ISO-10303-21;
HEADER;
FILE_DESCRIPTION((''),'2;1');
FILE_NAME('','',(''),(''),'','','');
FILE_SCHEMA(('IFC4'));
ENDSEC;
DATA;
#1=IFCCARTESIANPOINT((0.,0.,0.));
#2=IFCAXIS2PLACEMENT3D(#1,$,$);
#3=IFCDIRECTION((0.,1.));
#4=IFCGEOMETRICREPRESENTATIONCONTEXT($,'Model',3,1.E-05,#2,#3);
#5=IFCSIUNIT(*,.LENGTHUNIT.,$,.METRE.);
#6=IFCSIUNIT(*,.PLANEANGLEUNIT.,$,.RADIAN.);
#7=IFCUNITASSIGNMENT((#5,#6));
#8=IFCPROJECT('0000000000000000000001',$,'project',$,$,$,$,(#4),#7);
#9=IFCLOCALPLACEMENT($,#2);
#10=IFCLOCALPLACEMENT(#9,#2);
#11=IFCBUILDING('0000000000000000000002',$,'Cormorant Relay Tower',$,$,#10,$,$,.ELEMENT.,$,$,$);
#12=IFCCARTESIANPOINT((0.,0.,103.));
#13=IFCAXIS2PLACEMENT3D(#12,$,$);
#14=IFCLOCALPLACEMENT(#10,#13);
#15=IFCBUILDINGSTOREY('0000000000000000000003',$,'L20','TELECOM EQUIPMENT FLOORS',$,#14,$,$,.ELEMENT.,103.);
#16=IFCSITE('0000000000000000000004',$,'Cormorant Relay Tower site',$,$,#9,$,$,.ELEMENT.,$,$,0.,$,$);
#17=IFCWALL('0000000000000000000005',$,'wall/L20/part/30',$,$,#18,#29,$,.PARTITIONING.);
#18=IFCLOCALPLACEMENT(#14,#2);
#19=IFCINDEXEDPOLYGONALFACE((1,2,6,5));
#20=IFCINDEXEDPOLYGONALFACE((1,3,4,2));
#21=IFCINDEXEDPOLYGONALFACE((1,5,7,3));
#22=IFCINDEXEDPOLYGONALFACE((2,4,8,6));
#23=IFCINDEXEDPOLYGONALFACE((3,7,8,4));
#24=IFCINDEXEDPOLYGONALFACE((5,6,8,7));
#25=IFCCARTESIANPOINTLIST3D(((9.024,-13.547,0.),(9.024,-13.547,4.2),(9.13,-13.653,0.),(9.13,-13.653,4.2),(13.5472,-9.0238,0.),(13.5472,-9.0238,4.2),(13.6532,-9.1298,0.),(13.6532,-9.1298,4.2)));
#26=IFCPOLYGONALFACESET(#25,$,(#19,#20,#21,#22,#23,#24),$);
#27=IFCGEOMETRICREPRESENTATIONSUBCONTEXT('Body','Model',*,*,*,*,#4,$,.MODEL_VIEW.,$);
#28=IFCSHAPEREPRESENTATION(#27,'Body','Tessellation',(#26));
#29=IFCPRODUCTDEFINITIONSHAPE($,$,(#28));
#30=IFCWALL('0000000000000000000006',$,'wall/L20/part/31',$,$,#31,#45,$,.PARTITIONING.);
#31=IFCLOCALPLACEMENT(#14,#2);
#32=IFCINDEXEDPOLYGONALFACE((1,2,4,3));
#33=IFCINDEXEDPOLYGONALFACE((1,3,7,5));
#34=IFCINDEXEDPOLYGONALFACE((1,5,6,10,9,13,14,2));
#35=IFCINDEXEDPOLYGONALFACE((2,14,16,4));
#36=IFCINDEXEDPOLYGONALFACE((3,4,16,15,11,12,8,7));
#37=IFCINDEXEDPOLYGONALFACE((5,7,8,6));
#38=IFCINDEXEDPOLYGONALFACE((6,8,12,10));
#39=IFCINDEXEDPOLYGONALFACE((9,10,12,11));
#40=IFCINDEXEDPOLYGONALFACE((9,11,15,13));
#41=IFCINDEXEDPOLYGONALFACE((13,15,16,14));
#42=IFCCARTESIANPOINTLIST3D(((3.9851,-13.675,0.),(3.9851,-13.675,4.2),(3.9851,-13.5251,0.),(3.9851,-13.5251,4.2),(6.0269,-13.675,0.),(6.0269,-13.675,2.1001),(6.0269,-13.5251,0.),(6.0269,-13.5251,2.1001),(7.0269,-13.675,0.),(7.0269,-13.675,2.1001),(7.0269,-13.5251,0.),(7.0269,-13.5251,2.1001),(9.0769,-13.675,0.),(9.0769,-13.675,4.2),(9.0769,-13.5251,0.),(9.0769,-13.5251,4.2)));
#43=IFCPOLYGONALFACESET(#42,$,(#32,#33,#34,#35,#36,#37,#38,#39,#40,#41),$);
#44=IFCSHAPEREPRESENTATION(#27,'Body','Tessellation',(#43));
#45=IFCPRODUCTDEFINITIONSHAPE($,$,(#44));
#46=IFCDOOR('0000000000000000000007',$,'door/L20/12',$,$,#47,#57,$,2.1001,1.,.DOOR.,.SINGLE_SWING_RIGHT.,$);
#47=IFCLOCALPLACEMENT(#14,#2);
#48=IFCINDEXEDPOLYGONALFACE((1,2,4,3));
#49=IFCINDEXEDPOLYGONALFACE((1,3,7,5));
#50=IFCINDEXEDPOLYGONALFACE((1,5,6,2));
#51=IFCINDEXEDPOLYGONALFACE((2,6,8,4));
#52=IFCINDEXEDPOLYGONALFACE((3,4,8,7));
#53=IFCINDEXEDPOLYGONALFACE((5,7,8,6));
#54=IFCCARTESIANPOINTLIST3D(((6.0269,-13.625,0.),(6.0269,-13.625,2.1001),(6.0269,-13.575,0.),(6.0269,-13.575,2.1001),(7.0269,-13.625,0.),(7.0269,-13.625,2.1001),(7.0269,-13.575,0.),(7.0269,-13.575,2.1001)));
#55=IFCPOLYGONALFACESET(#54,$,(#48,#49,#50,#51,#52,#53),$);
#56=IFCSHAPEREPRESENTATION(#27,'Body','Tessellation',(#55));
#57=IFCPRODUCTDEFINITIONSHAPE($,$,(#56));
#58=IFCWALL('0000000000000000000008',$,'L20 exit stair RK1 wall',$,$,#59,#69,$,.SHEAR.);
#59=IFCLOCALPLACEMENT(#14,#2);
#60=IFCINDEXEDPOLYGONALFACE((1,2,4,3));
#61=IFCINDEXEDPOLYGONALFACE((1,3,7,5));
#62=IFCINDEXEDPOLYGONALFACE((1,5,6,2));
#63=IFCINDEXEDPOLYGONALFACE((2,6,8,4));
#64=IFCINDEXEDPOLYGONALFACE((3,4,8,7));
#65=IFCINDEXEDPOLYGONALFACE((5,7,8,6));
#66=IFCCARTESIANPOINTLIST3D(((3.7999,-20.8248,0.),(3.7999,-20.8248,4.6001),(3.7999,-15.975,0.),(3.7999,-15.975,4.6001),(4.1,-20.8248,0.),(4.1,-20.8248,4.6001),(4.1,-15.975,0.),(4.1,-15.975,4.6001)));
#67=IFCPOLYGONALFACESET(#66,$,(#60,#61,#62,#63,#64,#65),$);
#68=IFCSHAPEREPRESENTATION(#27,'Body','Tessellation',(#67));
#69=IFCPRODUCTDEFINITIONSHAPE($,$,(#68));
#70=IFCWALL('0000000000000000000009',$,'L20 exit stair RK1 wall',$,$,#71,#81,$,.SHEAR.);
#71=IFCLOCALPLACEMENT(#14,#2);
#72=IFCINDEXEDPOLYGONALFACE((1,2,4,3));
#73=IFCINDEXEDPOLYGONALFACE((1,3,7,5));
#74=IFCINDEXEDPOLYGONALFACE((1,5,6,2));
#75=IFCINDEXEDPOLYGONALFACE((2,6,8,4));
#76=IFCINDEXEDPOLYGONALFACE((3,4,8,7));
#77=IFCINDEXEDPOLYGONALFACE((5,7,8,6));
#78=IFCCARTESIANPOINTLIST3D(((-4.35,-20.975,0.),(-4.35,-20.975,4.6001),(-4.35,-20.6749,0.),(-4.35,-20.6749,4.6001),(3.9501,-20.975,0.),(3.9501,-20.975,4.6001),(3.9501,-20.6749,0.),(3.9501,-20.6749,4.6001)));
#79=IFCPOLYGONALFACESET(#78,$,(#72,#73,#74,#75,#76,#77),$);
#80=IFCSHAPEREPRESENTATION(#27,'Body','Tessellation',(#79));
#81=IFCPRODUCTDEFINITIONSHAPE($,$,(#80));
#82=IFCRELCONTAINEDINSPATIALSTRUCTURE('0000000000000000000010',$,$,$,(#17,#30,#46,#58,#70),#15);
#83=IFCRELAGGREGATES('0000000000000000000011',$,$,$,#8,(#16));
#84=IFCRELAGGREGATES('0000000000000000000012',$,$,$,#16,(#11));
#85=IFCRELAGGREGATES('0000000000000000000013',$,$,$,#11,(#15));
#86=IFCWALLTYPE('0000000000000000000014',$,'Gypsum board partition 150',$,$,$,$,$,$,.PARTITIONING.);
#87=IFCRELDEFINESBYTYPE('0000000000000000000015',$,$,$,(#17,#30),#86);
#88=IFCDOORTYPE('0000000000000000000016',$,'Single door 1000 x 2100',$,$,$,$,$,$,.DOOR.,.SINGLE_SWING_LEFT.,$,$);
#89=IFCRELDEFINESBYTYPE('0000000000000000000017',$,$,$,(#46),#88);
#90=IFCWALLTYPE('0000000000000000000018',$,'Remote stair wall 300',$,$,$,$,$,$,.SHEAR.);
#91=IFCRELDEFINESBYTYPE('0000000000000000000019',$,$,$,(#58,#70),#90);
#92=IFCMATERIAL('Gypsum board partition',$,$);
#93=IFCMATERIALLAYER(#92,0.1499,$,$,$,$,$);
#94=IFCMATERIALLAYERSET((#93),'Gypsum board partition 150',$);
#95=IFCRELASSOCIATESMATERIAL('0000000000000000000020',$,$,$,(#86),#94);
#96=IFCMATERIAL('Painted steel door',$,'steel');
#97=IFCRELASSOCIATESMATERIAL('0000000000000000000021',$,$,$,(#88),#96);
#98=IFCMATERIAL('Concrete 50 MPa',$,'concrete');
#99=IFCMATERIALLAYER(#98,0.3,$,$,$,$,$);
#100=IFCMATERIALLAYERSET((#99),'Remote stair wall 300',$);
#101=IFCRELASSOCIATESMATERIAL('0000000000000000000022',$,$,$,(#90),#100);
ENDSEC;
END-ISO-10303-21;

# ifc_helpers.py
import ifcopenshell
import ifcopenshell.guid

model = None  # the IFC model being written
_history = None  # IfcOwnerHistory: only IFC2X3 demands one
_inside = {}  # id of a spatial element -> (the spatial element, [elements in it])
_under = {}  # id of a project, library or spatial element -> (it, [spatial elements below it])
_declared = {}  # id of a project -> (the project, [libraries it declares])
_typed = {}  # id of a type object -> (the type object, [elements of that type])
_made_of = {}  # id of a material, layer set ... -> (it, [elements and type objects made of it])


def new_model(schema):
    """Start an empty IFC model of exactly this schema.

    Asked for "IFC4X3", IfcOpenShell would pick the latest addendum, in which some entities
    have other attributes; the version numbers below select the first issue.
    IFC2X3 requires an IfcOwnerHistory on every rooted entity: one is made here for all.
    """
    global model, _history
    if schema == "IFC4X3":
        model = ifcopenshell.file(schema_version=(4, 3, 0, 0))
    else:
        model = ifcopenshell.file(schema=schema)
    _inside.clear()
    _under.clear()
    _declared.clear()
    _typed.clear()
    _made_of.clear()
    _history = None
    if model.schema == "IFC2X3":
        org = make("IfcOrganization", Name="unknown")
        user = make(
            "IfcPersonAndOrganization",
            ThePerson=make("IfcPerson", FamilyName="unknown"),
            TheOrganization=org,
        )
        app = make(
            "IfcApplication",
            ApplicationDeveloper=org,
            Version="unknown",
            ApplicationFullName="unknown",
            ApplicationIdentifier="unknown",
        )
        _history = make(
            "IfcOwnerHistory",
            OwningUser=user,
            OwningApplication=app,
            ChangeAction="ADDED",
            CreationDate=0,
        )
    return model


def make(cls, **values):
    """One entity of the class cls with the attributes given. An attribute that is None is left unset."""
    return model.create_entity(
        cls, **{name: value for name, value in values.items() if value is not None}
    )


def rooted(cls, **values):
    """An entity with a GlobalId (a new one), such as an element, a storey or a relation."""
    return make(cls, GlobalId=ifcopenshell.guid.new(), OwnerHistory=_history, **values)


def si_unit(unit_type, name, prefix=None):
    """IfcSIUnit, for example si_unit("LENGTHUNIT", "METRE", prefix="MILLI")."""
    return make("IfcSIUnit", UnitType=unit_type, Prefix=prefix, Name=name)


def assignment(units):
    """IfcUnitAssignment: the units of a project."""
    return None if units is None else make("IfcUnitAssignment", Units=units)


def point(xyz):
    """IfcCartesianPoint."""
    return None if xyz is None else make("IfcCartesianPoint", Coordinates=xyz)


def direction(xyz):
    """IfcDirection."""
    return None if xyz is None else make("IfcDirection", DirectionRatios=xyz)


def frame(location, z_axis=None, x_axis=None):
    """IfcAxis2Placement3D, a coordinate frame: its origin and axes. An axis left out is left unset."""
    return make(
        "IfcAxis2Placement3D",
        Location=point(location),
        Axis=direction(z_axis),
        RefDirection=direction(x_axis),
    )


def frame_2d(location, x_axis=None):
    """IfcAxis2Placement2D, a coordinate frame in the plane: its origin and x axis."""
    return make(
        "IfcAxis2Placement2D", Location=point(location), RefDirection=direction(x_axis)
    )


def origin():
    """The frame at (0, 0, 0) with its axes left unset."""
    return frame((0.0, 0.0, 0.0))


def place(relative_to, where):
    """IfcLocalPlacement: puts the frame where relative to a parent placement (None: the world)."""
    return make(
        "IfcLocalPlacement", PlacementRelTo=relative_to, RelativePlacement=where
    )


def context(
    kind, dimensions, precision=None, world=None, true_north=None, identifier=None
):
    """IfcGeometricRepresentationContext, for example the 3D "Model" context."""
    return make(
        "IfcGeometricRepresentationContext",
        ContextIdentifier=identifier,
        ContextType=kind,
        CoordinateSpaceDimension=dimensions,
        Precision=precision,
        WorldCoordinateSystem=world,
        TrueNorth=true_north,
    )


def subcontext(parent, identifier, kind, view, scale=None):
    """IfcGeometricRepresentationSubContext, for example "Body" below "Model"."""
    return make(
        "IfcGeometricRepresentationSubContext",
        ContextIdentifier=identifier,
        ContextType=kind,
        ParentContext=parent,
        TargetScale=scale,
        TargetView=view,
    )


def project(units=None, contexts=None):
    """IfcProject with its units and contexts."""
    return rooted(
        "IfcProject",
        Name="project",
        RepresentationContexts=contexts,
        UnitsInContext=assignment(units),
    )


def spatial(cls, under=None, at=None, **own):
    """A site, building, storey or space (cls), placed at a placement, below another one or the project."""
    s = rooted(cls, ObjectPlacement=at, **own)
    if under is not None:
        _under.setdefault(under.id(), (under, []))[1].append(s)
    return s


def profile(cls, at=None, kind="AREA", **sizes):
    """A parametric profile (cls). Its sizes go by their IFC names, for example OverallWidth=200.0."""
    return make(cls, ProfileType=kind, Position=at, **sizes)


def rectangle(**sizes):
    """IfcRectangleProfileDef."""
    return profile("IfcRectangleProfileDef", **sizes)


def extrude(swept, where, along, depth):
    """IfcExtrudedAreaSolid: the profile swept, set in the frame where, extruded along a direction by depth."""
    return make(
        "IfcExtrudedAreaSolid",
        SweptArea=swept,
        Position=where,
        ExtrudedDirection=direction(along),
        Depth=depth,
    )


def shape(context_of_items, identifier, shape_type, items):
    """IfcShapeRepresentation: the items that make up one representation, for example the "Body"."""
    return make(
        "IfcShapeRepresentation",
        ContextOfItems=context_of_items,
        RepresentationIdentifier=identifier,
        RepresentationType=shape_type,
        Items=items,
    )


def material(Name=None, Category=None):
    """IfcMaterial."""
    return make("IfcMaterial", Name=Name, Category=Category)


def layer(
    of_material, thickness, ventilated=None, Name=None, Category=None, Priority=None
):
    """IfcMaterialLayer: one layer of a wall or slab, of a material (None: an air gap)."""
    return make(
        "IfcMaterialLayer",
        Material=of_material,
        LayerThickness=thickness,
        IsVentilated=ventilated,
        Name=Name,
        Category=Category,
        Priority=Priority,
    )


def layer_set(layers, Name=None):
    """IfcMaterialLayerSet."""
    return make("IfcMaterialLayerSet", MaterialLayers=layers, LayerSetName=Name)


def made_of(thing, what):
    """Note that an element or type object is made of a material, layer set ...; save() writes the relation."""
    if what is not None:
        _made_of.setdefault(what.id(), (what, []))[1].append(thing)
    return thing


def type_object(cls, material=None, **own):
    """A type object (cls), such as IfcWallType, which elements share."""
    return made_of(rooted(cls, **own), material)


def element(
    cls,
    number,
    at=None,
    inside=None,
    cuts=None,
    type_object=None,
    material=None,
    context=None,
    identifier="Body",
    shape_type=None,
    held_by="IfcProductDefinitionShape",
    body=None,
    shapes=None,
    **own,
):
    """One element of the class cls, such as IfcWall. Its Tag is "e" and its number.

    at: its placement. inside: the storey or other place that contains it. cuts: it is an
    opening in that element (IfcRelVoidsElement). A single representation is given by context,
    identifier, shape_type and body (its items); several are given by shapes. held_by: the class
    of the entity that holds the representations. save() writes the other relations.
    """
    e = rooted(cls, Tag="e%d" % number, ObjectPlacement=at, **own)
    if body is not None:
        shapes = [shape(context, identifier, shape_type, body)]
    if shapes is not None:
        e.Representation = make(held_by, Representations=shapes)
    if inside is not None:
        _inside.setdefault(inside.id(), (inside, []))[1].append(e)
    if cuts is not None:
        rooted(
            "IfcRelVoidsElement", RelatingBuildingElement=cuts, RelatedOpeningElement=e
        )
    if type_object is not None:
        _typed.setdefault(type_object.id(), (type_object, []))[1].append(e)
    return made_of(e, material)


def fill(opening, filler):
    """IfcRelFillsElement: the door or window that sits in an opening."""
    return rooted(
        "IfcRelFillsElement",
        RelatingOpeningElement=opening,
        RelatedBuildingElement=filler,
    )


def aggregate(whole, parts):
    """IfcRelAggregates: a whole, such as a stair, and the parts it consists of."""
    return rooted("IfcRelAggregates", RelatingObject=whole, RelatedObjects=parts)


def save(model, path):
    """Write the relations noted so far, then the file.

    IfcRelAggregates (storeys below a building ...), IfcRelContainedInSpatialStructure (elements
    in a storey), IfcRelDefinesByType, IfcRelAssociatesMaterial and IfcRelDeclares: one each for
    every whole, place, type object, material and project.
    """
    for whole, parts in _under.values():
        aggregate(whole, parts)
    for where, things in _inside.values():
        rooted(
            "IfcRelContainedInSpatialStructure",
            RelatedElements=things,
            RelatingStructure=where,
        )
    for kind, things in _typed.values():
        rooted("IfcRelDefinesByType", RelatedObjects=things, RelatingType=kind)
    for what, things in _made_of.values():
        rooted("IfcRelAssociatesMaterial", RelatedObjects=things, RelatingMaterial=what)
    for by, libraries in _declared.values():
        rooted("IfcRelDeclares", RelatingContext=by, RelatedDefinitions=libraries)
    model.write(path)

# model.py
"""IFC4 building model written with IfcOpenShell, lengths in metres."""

from ifc_helpers import new_model, si_unit, direction, frame, frame_2d, origin, place, context, subcontext, project, spatial, rectangle, extrude, material, layer, layer_set, type_object, element, fill, save


model = new_model("IFC4")

# Units and contexts
model_context = context("Model", 3, precision=1e-05, world=origin(), true_north=direction((0.0, 1.0)))
body_context = subcontext(model_context, "Body", "Model", "MODEL_VIEW")
ifc_project = project(units=[si_unit("LENGTHUNIT", "METRE"), si_unit("PLANEANGLEUNIT", "RADIAN")], contexts=[model_context])

# Site, building, storey
site_placement = place(None, origin())
site = spatial("IfcSite", under=ifc_project, at=site_placement, Name="Cormorant Relay Tower site", CompositionType="ELEMENT", RefElevation=0.0)
building_placement = place(site_placement, origin())
building = spatial("IfcBuilding", under=site, at=building_placement, Name="Cormorant Relay Tower", CompositionType="ELEMENT")
storey_placement = place(building_placement, frame((0.0, 0.0, 103.0)))
storey = spatial("IfcBuildingStorey", under=building, at=storey_placement, Name="L20", Description="TELECOM EQUIPMENT FLOORS", CompositionType="ELEMENT", Elevation=103.0)

# Wall
ifc_material_1 = material(Name="Gypsum board partition")
ifc_layer_1 = layer(ifc_material_1, 0.1499)
ifc_layer_set_1 = layer_set([ifc_layer_1], Name="Gypsum board partition 150")
wall_type_1 = type_object("IfcWallType", Name="Gypsum board partition 150", PredefinedType="PARTITIONING", material=ifc_layer_set_1)
wall_1_placement = place(storey_placement, frame((13.6001, -9.0769, 0.0), z_axis=(0.0, 0.0, 1.0), x_axis=(-0.707107, -0.707107, 0.0)))
element("IfcWall", 1, at=wall_1_placement, inside=storey, type_object=wall_type_1, Name="wall/L20/part/30", PredefinedType="PARTITIONING", context=body_context, shape_type="SweptSolid", body=[
    extrude(rectangle(XDim=6.3967, YDim=0.1499, at=frame_2d((3.1982, 0.0))), origin(), (0.0, 0.0, 1.0), 4.2),
])

# Wall, opening, door
wall_2_placement = place(storey_placement, frame((9.0769, -13.6001, 0.0), z_axis=(0.0, 0.0, 1.0), x_axis=(-1.0, 0.0, 0.0)))
wall_2 = element("IfcWall", 2, at=wall_2_placement, inside=storey, type_object=wall_type_1, Name="wall/L20/part/31", PredefinedType="PARTITIONING", context=body_context, shape_type="SweptSolid", body=[
    extrude(rectangle(XDim=5.0918, YDim=0.1499, at=frame_2d((2.5459, 0.0))), origin(), (0.0, 0.0, 1.0), 4.2),
])
opening_placement = place(wall_2_placement, frame((2.05, 0.0, 0.0)))
opening = element("IfcOpeningElement", 3, at=opening_placement, cuts=wall_2, PredefinedType="OPENING", context=body_context, shape_type="SweptSolid", body=[
    extrude(rectangle(XDim=1.0, YDim=2.1001, at=frame_2d((0.5, 1.05))), frame((0.0, 0.085, 0.0), z_axis=(0.0, -1.0, 0.0), x_axis=(1.0, 0.0, 0.0)), (0.0, 0.0, 1.0), 0.1699),
])
ifc_material_2 = material(Name="Painted steel door", Category="steel")
door_type = type_object("IfcDoorType", Name="Single door 1000 x 2100", OperationType="SINGLE_SWING_LEFT", PredefinedType="DOOR", material=ifc_material_2)
door_placement = place(opening_placement, origin())
door = element("IfcDoor", 4, at=door_placement, inside=storey, type_object=door_type, Name="door/L20/12", OperationType="SINGLE_SWING_RIGHT", OverallHeight=2.1001, OverallWidth=1.0, PredefinedType="DOOR", context=body_context, shape_type="SweptSolid", body=[
    extrude(rectangle(XDim=1.0, YDim=2.1001, at=frame_2d((0.5, 1.05))), frame((0.0, 0.0249, 0.0), z_axis=(0.0, -1.0, 0.0), x_axis=(1.0, 0.0, 0.0)), (0.0, 0.0, 1.0), 0.05),
])
fill(opening, door)

# Walls
ifc_material_3 = material(Name="Concrete 50 MPa", Category="concrete")
ifc_layer_2 = layer(ifc_material_3, 0.3)
ifc_layer_set_2 = layer_set([ifc_layer_2], Name="Remote stair wall 300")
wall_type_2 = type_object("IfcWallType", Name="Remote stair wall 300", PredefinedType="SHEAR", material=ifc_layer_set_2)
wall_3_placement = place(storey_placement, frame((3.95, -15.9751, 0.0), z_axis=(0.0, 0.0, 1.0), x_axis=(0.0, -1.0, 0.0)))
element("IfcWall", 5, at=wall_3_placement, inside=storey, type_object=wall_type_2, Name="L20 exit stair RK1 wall", PredefinedType="SHEAR", context=body_context, shape_type="SweptSolid", body=[
    extrude(rectangle(XDim=4.8499, YDim=0.3, at=frame_2d((2.4248, 0.0))), origin(), (0.0, 0.0, 1.0), 4.6001),
])
wall_4_placement = place(storey_placement, frame((3.95, -20.825, 0.0), z_axis=(0.0, 0.0, 1.0), x_axis=(-1.0, 0.0, 0.0)))
element("IfcWall", 6, at=wall_4_placement, inside=storey, type_object=wall_type_2, Name="L20 exit stair RK1 wall", PredefinedType="SHEAR", context=body_context, shape_type="SweptSolid", body=[
    extrude(rectangle(XDim=8.3, YDim=0.3, at=frame_2d((4.1499, 0.0))), origin(), (0.0, 0.0, 1.0), 4.6001),
])

save(model, "model.ifc")
